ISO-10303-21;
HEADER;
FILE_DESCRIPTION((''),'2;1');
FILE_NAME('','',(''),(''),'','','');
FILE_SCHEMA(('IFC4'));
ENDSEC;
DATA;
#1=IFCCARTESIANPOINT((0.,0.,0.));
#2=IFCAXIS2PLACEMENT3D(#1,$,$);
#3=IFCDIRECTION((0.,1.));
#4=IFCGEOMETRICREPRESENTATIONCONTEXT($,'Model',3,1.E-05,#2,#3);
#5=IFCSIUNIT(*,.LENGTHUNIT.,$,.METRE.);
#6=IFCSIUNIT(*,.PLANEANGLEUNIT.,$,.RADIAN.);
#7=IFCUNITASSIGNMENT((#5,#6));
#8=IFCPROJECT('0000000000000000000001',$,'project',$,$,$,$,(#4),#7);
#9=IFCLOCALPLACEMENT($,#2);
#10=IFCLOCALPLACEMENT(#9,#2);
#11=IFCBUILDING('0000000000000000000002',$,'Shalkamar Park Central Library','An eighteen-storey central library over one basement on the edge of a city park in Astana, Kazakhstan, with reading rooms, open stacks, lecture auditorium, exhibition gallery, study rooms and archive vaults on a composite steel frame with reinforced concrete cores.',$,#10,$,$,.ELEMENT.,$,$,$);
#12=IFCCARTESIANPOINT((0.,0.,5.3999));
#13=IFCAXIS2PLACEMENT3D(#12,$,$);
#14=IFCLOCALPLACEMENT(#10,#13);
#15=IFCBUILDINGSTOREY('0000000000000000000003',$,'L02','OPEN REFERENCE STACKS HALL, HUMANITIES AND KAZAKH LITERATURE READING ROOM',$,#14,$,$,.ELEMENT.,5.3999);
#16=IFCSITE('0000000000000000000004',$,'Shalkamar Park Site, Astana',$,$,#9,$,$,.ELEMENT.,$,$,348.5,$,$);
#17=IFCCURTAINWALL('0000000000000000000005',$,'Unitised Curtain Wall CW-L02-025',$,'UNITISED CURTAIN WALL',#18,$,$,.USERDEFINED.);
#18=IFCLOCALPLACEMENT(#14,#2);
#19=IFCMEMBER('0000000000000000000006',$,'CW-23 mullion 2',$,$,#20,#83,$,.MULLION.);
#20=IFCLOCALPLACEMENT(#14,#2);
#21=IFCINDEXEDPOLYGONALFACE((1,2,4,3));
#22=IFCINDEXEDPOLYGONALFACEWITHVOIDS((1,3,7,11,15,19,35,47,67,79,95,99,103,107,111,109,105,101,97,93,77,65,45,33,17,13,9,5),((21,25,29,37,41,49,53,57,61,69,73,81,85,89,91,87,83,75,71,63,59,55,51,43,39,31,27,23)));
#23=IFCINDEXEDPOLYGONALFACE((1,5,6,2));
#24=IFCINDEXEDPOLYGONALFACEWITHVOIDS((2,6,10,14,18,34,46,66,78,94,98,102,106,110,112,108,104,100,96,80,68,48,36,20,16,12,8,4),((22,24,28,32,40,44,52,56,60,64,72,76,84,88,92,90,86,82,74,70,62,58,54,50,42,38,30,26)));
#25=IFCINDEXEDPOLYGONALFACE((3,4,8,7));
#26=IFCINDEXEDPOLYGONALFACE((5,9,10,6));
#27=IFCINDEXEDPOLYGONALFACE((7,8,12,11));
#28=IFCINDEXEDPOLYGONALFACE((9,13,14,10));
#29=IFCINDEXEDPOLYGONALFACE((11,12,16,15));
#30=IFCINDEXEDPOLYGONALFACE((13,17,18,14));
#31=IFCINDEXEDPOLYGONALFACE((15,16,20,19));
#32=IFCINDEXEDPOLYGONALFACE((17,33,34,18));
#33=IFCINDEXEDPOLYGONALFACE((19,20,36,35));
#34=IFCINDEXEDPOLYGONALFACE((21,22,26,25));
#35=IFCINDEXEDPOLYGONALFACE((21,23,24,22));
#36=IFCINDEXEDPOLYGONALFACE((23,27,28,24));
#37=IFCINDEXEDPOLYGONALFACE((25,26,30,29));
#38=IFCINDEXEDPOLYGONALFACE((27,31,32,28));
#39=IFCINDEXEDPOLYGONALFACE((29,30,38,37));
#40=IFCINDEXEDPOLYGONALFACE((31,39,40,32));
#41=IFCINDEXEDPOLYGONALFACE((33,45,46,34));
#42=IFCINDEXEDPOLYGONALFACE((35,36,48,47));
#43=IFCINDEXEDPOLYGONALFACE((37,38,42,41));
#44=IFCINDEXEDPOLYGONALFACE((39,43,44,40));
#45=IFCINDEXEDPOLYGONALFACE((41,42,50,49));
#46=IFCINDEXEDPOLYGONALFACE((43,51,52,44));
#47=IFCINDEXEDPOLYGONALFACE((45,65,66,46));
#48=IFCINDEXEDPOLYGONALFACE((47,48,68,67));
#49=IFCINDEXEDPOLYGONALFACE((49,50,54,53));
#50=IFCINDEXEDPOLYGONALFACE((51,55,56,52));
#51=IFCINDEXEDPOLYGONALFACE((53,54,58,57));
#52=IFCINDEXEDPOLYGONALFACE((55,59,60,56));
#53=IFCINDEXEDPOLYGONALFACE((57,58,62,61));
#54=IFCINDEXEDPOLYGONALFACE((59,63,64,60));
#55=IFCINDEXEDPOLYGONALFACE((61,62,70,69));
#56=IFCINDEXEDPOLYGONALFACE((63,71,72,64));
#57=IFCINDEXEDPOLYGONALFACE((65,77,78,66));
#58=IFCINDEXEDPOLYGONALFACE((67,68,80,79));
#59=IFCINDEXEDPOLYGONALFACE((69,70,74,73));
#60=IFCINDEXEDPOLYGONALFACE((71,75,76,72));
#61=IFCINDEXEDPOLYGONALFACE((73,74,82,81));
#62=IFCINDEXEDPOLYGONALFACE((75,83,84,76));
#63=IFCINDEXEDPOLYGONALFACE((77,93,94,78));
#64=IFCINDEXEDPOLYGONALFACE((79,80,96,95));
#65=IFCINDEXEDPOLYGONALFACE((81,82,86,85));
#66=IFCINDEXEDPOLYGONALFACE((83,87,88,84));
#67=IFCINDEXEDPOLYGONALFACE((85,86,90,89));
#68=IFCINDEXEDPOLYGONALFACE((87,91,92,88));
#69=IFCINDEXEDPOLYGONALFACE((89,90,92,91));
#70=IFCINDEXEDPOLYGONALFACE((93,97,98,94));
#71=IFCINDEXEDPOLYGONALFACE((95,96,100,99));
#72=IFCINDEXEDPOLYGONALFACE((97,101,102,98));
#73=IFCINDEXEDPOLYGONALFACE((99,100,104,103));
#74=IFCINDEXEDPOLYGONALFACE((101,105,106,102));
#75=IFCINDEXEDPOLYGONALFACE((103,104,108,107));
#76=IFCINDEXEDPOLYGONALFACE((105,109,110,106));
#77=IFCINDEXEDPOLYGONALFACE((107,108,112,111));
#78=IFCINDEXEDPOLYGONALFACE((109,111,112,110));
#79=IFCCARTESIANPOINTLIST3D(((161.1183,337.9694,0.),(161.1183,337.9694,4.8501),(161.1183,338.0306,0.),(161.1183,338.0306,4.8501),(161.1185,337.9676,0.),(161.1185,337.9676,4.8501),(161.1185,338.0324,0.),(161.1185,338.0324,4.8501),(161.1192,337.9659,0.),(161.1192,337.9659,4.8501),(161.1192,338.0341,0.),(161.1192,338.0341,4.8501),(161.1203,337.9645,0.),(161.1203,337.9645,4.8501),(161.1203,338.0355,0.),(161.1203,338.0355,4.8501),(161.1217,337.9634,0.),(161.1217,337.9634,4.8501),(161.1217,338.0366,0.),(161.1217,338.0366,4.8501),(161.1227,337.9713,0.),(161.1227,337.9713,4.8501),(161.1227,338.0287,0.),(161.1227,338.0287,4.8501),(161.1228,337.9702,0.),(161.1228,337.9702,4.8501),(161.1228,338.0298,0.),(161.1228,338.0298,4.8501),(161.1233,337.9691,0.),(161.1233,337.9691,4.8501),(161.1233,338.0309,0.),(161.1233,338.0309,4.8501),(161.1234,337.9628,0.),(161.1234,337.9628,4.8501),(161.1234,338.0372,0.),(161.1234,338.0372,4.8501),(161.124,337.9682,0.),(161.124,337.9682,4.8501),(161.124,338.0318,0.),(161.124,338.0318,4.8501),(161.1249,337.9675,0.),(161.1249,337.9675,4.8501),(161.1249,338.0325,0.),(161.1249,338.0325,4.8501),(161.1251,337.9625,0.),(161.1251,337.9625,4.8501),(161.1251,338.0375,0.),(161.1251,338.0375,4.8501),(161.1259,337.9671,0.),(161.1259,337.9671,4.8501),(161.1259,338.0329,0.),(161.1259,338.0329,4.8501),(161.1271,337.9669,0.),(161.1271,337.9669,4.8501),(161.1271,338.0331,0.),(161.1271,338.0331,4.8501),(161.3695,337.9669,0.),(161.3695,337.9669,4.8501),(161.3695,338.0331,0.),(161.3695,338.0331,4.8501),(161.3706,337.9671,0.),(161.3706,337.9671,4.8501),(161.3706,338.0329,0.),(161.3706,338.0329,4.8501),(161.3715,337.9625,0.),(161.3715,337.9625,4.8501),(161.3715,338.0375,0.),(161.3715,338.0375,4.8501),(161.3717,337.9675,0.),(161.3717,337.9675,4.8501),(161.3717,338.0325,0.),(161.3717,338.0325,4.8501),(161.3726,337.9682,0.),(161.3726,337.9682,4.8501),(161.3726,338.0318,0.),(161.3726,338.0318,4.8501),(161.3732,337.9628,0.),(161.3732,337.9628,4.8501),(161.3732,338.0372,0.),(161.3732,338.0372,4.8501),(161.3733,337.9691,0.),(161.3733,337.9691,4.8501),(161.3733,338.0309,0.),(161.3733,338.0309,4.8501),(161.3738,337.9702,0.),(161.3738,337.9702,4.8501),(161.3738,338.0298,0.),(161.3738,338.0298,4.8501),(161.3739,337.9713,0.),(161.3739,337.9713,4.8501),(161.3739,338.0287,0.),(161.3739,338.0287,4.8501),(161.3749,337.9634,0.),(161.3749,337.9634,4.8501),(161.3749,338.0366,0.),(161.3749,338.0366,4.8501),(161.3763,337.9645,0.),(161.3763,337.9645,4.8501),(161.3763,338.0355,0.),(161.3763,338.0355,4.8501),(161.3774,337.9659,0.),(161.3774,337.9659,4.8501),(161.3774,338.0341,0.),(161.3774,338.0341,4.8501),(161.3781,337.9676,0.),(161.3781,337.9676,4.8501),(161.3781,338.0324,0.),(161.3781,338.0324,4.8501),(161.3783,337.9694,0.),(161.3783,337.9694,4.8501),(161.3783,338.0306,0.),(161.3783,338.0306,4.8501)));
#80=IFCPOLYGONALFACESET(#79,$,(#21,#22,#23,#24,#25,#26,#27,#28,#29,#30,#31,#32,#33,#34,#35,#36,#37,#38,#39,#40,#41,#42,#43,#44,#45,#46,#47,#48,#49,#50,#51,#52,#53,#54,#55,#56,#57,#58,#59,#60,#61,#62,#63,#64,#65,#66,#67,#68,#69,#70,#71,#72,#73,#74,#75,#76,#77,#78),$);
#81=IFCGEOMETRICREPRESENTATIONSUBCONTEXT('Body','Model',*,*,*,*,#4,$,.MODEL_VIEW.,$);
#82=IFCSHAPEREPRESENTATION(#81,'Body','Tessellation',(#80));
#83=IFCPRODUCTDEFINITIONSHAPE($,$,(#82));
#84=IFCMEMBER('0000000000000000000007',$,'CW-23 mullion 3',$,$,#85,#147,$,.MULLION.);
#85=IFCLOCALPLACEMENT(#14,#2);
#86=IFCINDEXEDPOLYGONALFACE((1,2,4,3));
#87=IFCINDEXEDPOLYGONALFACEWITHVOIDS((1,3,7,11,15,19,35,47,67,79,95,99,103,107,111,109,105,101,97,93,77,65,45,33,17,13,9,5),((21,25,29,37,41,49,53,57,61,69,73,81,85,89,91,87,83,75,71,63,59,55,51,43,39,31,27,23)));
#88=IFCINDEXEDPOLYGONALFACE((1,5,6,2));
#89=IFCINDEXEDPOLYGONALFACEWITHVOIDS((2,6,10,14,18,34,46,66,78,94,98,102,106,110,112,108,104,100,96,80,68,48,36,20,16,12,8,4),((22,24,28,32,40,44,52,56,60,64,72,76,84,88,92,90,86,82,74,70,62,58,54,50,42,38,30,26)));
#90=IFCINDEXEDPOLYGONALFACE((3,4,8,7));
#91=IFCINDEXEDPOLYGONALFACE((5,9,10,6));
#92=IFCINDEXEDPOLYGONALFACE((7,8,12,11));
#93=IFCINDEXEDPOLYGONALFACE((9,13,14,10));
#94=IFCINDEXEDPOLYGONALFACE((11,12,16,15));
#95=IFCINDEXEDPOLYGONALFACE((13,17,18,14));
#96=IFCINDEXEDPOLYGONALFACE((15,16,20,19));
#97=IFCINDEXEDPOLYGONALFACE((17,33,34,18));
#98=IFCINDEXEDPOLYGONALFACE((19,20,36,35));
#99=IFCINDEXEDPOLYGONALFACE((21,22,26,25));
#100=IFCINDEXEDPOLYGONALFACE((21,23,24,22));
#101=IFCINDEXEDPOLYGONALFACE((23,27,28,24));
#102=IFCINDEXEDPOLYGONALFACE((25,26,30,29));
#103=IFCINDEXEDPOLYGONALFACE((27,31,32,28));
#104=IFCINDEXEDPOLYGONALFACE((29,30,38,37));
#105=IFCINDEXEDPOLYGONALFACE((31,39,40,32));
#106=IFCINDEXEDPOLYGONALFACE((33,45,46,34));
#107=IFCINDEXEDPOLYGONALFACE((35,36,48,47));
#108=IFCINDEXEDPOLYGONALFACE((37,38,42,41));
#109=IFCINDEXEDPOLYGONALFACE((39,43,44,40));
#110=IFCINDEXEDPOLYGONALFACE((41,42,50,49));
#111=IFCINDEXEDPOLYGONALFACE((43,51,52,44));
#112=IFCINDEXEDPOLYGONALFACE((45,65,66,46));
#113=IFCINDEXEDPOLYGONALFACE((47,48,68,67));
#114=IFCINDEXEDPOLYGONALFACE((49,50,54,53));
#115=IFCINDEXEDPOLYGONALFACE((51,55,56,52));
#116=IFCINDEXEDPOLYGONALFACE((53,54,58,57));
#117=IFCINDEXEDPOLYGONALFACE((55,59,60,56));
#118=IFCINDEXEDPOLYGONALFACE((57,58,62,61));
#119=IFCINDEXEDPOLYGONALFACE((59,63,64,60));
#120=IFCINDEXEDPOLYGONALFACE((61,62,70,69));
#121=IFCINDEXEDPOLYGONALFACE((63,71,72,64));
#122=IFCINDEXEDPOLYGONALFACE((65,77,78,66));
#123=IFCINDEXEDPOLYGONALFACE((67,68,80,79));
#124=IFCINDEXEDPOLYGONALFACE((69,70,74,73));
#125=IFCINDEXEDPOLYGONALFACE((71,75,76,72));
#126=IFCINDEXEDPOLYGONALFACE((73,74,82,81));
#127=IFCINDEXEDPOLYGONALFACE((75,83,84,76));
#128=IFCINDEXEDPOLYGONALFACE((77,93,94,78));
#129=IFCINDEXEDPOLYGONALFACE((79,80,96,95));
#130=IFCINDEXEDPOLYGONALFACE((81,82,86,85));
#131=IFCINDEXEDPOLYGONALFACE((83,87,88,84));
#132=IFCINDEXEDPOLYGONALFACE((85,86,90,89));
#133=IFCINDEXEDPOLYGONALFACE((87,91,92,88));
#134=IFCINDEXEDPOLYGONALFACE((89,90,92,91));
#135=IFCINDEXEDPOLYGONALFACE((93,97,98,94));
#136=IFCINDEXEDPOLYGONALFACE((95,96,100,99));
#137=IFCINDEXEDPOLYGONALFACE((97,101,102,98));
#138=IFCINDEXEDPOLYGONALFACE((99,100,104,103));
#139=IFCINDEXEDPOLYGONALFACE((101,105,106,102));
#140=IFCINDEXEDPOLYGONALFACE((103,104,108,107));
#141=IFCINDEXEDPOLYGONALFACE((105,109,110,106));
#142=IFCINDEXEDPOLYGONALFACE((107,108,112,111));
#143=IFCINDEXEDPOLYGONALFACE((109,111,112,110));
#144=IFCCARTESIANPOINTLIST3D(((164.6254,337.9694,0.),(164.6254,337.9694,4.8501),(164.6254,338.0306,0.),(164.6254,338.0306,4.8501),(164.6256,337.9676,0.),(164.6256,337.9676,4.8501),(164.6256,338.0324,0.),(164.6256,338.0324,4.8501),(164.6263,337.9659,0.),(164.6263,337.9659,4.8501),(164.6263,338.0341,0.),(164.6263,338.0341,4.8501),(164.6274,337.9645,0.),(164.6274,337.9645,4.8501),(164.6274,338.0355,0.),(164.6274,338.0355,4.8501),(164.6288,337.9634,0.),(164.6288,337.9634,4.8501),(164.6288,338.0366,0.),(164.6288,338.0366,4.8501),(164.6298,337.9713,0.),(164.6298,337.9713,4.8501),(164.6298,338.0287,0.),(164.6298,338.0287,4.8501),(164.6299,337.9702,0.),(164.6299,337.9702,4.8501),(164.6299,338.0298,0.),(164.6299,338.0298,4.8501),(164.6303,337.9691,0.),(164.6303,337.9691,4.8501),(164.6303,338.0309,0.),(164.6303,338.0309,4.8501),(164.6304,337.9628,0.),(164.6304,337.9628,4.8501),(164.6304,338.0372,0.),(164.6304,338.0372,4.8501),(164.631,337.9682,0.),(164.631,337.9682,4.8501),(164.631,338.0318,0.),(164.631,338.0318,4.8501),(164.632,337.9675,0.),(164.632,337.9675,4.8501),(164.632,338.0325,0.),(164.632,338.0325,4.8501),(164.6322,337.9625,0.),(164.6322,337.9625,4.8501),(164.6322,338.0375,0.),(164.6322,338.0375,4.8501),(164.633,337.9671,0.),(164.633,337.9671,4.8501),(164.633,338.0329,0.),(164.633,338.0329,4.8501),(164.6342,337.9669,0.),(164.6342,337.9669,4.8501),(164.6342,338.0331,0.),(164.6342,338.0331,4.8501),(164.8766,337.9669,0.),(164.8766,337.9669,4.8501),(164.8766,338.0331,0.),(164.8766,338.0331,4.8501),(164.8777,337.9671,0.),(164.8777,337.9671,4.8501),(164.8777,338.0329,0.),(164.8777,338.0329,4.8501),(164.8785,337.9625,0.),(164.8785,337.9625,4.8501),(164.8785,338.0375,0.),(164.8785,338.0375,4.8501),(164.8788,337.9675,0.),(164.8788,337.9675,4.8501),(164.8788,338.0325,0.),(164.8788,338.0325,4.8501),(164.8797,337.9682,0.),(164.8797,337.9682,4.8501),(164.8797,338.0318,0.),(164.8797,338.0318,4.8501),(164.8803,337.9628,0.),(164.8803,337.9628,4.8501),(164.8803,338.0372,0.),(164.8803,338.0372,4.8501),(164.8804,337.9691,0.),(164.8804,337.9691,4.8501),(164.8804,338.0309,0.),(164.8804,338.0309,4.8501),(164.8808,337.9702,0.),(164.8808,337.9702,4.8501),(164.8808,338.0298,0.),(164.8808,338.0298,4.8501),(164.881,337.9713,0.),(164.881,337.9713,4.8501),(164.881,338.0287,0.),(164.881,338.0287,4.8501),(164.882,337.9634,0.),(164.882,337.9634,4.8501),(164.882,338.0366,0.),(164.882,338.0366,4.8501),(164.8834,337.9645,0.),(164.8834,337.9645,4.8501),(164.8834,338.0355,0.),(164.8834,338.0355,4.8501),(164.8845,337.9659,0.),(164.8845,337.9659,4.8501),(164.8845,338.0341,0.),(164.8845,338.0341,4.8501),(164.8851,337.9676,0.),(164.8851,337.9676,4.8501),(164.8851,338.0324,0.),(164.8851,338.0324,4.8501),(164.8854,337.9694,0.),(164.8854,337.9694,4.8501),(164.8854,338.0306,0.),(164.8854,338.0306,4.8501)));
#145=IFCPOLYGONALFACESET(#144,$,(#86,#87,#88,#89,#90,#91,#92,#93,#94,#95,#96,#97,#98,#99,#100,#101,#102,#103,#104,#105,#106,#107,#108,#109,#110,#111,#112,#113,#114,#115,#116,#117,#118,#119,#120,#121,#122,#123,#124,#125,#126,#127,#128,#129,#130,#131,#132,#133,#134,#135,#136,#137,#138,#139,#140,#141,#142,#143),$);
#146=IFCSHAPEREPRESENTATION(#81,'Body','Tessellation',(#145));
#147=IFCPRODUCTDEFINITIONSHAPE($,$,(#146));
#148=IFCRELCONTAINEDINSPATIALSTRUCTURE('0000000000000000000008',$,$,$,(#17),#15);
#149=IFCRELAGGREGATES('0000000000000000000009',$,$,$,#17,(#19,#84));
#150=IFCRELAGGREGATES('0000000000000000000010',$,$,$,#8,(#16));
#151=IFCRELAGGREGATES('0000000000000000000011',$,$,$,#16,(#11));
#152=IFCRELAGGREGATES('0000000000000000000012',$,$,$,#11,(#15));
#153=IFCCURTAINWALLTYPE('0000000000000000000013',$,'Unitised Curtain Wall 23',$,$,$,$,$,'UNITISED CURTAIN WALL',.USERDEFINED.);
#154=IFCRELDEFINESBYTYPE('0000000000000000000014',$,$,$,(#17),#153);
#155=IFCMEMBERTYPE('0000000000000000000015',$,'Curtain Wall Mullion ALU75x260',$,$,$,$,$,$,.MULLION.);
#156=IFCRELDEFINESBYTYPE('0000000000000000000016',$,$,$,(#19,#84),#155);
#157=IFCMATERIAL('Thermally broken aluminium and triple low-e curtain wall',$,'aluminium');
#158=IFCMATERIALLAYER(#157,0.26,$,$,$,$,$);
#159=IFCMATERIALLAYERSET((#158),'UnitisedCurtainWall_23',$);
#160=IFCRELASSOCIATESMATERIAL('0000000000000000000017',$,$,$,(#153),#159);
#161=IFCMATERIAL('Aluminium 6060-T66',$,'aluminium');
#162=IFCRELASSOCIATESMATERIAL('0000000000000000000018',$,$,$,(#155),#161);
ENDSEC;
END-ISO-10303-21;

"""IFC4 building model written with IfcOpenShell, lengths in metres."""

from ifc_helpers import new_model, si_unit, direction, frame, origin, origin_2d, place, context, subcontext, project, spatial, hollow_rectangle, extrude, material, layer, layer_set, material_profile, profile_set, type_object, element, aggregate, save


model = new_model("IFC4")

# Units and contexts
model_context = context("Model", 3, precision=1e-05, world=origin(), true_north=direction((0.0, 1.0)))
body_context = subcontext(model_context, "Body", "Model", "MODEL_VIEW")
ifc_project = project(units=[si_unit("LENGTHUNIT", "METRE"), si_unit("PLANEANGLEUNIT", "RADIAN")], contexts=[model_context])

# Site, building, storey
site_placement = place(None, origin())
site = spatial("IfcSite", under=ifc_project, at=site_placement, Name="Shalkamar Park Site, Astana", CompositionType="ELEMENT", RefElevation=348.5)
building_placement = place(site_placement, origin())
building = spatial("IfcBuilding", under=site, at=building_placement, Name="Shalkamar Park Central Library", Description="An eighteen-storey central library over one basement on the edge of a city park in Astana, Kazakhstan, with reading rooms, open stacks, lecture auditorium, exhibition gallery, study rooms and archive vaults on a composite steel frame with reinforced concrete cores.", CompositionType="ELEMENT")
storey_placement = place(building_placement, frame((0.0, 0.0, 5.3999)))
storey = spatial("IfcBuildingStorey", under=building, at=storey_placement, Name="L02", Description="OPEN REFERENCE STACKS HALL, HUMANITIES AND KAZAKH LITERATURE READING ROOM", CompositionType="ELEMENT", Elevation=5.3999)

# Curtain wall, members
ifc_material_1 = material(Name="Thermally broken aluminium and triple low-e curtain wall", Category="aluminium")
ifc_layer_1 = layer(ifc_material_1, 0.26)
ifc_layer_set_1 = layer_set([ifc_layer_1], Name="UnitisedCurtainWall_23")
curtain_wall_type_1 = type_object("IfcCurtainWallType", Name="Unitised Curtain Wall 23", ElementType="UNITISED CURTAIN WALL", PredefinedType="USERDEFINED", material=ifc_layer_set_1)
curtain_wall_1_placement = place(storey_placement, origin())
curtain_wall_1 = element("IfcCurtainWall", 1, at=curtain_wall_1_placement, inside=storey, type_object=curtain_wall_type_1, Name="Unitised Curtain Wall CW-L02-025", ObjectType="UNITISED CURTAIN WALL", PredefinedType="USERDEFINED")
ifc_material_2 = material(Name="Aluminium 6060-T66", Category="aluminium")
ifc_material_profile_1 = material_profile(ifc_material_2, hollow_rectangle(XDim=0.075, YDim=0.26, WallThickness=0.0044, InnerFilletRadius=0.0044, OuterFilletRadius=0.0068, at=origin_2d()), Name="ALU 75x260x4.5")
ifc_profile_set_1 = profile_set([ifc_material_profile_1], Name="Aluminium 6060-T66")
member_type_1 = type_object("IfcMemberType", Name="Curtain Wall Mullion ALU75x260", PredefinedType="MULLION", material=ifc_profile_set_1)
member_1_placement = place(storey_placement, frame((161.2483, 338.0, 0.0), z_axis=(0.0, 0.0, 1.0), x_axis=(0.0, 1.0, 0.0)))
member_1 = element("IfcMember", 2, at=member_1_placement, type_object=member_type_1, Name="CW-23 mullion 2", PredefinedType="MULLION", context=body_context, shape_type="SweptSolid", body=[
    extrude(hollow_rectangle(XDim=0.075, YDim=0.26, WallThickness=0.0044, InnerFilletRadius=0.0044, OuterFilletRadius=0.0068, at=origin_2d()), origin(), (0.0, 0.0, 1.0), 4.8501),
])
member_2_placement = place(storey_placement, frame((164.7554, 338.0, 0.0), z_axis=(0.0, 0.0, 1.0), x_axis=(0.0, 1.0, 0.0)))
member_2 = element("IfcMember", 3, at=member_2_placement, type_object=member_type_1, Name="CW-23 mullion 3", PredefinedType="MULLION", context=body_context, shape_type="SweptSolid", body=[
    extrude(hollow_rectangle(XDim=0.075, YDim=0.26, WallThickness=0.0044, InnerFilletRadius=0.0044, OuterFilletRadius=0.0068, at=origin_2d()), origin(), (0.0, 0.0, 1.0), 4.8501),
])

aggregate(curtain_wall_1, [member_1, member_2])

save(model, "model.ifc")
